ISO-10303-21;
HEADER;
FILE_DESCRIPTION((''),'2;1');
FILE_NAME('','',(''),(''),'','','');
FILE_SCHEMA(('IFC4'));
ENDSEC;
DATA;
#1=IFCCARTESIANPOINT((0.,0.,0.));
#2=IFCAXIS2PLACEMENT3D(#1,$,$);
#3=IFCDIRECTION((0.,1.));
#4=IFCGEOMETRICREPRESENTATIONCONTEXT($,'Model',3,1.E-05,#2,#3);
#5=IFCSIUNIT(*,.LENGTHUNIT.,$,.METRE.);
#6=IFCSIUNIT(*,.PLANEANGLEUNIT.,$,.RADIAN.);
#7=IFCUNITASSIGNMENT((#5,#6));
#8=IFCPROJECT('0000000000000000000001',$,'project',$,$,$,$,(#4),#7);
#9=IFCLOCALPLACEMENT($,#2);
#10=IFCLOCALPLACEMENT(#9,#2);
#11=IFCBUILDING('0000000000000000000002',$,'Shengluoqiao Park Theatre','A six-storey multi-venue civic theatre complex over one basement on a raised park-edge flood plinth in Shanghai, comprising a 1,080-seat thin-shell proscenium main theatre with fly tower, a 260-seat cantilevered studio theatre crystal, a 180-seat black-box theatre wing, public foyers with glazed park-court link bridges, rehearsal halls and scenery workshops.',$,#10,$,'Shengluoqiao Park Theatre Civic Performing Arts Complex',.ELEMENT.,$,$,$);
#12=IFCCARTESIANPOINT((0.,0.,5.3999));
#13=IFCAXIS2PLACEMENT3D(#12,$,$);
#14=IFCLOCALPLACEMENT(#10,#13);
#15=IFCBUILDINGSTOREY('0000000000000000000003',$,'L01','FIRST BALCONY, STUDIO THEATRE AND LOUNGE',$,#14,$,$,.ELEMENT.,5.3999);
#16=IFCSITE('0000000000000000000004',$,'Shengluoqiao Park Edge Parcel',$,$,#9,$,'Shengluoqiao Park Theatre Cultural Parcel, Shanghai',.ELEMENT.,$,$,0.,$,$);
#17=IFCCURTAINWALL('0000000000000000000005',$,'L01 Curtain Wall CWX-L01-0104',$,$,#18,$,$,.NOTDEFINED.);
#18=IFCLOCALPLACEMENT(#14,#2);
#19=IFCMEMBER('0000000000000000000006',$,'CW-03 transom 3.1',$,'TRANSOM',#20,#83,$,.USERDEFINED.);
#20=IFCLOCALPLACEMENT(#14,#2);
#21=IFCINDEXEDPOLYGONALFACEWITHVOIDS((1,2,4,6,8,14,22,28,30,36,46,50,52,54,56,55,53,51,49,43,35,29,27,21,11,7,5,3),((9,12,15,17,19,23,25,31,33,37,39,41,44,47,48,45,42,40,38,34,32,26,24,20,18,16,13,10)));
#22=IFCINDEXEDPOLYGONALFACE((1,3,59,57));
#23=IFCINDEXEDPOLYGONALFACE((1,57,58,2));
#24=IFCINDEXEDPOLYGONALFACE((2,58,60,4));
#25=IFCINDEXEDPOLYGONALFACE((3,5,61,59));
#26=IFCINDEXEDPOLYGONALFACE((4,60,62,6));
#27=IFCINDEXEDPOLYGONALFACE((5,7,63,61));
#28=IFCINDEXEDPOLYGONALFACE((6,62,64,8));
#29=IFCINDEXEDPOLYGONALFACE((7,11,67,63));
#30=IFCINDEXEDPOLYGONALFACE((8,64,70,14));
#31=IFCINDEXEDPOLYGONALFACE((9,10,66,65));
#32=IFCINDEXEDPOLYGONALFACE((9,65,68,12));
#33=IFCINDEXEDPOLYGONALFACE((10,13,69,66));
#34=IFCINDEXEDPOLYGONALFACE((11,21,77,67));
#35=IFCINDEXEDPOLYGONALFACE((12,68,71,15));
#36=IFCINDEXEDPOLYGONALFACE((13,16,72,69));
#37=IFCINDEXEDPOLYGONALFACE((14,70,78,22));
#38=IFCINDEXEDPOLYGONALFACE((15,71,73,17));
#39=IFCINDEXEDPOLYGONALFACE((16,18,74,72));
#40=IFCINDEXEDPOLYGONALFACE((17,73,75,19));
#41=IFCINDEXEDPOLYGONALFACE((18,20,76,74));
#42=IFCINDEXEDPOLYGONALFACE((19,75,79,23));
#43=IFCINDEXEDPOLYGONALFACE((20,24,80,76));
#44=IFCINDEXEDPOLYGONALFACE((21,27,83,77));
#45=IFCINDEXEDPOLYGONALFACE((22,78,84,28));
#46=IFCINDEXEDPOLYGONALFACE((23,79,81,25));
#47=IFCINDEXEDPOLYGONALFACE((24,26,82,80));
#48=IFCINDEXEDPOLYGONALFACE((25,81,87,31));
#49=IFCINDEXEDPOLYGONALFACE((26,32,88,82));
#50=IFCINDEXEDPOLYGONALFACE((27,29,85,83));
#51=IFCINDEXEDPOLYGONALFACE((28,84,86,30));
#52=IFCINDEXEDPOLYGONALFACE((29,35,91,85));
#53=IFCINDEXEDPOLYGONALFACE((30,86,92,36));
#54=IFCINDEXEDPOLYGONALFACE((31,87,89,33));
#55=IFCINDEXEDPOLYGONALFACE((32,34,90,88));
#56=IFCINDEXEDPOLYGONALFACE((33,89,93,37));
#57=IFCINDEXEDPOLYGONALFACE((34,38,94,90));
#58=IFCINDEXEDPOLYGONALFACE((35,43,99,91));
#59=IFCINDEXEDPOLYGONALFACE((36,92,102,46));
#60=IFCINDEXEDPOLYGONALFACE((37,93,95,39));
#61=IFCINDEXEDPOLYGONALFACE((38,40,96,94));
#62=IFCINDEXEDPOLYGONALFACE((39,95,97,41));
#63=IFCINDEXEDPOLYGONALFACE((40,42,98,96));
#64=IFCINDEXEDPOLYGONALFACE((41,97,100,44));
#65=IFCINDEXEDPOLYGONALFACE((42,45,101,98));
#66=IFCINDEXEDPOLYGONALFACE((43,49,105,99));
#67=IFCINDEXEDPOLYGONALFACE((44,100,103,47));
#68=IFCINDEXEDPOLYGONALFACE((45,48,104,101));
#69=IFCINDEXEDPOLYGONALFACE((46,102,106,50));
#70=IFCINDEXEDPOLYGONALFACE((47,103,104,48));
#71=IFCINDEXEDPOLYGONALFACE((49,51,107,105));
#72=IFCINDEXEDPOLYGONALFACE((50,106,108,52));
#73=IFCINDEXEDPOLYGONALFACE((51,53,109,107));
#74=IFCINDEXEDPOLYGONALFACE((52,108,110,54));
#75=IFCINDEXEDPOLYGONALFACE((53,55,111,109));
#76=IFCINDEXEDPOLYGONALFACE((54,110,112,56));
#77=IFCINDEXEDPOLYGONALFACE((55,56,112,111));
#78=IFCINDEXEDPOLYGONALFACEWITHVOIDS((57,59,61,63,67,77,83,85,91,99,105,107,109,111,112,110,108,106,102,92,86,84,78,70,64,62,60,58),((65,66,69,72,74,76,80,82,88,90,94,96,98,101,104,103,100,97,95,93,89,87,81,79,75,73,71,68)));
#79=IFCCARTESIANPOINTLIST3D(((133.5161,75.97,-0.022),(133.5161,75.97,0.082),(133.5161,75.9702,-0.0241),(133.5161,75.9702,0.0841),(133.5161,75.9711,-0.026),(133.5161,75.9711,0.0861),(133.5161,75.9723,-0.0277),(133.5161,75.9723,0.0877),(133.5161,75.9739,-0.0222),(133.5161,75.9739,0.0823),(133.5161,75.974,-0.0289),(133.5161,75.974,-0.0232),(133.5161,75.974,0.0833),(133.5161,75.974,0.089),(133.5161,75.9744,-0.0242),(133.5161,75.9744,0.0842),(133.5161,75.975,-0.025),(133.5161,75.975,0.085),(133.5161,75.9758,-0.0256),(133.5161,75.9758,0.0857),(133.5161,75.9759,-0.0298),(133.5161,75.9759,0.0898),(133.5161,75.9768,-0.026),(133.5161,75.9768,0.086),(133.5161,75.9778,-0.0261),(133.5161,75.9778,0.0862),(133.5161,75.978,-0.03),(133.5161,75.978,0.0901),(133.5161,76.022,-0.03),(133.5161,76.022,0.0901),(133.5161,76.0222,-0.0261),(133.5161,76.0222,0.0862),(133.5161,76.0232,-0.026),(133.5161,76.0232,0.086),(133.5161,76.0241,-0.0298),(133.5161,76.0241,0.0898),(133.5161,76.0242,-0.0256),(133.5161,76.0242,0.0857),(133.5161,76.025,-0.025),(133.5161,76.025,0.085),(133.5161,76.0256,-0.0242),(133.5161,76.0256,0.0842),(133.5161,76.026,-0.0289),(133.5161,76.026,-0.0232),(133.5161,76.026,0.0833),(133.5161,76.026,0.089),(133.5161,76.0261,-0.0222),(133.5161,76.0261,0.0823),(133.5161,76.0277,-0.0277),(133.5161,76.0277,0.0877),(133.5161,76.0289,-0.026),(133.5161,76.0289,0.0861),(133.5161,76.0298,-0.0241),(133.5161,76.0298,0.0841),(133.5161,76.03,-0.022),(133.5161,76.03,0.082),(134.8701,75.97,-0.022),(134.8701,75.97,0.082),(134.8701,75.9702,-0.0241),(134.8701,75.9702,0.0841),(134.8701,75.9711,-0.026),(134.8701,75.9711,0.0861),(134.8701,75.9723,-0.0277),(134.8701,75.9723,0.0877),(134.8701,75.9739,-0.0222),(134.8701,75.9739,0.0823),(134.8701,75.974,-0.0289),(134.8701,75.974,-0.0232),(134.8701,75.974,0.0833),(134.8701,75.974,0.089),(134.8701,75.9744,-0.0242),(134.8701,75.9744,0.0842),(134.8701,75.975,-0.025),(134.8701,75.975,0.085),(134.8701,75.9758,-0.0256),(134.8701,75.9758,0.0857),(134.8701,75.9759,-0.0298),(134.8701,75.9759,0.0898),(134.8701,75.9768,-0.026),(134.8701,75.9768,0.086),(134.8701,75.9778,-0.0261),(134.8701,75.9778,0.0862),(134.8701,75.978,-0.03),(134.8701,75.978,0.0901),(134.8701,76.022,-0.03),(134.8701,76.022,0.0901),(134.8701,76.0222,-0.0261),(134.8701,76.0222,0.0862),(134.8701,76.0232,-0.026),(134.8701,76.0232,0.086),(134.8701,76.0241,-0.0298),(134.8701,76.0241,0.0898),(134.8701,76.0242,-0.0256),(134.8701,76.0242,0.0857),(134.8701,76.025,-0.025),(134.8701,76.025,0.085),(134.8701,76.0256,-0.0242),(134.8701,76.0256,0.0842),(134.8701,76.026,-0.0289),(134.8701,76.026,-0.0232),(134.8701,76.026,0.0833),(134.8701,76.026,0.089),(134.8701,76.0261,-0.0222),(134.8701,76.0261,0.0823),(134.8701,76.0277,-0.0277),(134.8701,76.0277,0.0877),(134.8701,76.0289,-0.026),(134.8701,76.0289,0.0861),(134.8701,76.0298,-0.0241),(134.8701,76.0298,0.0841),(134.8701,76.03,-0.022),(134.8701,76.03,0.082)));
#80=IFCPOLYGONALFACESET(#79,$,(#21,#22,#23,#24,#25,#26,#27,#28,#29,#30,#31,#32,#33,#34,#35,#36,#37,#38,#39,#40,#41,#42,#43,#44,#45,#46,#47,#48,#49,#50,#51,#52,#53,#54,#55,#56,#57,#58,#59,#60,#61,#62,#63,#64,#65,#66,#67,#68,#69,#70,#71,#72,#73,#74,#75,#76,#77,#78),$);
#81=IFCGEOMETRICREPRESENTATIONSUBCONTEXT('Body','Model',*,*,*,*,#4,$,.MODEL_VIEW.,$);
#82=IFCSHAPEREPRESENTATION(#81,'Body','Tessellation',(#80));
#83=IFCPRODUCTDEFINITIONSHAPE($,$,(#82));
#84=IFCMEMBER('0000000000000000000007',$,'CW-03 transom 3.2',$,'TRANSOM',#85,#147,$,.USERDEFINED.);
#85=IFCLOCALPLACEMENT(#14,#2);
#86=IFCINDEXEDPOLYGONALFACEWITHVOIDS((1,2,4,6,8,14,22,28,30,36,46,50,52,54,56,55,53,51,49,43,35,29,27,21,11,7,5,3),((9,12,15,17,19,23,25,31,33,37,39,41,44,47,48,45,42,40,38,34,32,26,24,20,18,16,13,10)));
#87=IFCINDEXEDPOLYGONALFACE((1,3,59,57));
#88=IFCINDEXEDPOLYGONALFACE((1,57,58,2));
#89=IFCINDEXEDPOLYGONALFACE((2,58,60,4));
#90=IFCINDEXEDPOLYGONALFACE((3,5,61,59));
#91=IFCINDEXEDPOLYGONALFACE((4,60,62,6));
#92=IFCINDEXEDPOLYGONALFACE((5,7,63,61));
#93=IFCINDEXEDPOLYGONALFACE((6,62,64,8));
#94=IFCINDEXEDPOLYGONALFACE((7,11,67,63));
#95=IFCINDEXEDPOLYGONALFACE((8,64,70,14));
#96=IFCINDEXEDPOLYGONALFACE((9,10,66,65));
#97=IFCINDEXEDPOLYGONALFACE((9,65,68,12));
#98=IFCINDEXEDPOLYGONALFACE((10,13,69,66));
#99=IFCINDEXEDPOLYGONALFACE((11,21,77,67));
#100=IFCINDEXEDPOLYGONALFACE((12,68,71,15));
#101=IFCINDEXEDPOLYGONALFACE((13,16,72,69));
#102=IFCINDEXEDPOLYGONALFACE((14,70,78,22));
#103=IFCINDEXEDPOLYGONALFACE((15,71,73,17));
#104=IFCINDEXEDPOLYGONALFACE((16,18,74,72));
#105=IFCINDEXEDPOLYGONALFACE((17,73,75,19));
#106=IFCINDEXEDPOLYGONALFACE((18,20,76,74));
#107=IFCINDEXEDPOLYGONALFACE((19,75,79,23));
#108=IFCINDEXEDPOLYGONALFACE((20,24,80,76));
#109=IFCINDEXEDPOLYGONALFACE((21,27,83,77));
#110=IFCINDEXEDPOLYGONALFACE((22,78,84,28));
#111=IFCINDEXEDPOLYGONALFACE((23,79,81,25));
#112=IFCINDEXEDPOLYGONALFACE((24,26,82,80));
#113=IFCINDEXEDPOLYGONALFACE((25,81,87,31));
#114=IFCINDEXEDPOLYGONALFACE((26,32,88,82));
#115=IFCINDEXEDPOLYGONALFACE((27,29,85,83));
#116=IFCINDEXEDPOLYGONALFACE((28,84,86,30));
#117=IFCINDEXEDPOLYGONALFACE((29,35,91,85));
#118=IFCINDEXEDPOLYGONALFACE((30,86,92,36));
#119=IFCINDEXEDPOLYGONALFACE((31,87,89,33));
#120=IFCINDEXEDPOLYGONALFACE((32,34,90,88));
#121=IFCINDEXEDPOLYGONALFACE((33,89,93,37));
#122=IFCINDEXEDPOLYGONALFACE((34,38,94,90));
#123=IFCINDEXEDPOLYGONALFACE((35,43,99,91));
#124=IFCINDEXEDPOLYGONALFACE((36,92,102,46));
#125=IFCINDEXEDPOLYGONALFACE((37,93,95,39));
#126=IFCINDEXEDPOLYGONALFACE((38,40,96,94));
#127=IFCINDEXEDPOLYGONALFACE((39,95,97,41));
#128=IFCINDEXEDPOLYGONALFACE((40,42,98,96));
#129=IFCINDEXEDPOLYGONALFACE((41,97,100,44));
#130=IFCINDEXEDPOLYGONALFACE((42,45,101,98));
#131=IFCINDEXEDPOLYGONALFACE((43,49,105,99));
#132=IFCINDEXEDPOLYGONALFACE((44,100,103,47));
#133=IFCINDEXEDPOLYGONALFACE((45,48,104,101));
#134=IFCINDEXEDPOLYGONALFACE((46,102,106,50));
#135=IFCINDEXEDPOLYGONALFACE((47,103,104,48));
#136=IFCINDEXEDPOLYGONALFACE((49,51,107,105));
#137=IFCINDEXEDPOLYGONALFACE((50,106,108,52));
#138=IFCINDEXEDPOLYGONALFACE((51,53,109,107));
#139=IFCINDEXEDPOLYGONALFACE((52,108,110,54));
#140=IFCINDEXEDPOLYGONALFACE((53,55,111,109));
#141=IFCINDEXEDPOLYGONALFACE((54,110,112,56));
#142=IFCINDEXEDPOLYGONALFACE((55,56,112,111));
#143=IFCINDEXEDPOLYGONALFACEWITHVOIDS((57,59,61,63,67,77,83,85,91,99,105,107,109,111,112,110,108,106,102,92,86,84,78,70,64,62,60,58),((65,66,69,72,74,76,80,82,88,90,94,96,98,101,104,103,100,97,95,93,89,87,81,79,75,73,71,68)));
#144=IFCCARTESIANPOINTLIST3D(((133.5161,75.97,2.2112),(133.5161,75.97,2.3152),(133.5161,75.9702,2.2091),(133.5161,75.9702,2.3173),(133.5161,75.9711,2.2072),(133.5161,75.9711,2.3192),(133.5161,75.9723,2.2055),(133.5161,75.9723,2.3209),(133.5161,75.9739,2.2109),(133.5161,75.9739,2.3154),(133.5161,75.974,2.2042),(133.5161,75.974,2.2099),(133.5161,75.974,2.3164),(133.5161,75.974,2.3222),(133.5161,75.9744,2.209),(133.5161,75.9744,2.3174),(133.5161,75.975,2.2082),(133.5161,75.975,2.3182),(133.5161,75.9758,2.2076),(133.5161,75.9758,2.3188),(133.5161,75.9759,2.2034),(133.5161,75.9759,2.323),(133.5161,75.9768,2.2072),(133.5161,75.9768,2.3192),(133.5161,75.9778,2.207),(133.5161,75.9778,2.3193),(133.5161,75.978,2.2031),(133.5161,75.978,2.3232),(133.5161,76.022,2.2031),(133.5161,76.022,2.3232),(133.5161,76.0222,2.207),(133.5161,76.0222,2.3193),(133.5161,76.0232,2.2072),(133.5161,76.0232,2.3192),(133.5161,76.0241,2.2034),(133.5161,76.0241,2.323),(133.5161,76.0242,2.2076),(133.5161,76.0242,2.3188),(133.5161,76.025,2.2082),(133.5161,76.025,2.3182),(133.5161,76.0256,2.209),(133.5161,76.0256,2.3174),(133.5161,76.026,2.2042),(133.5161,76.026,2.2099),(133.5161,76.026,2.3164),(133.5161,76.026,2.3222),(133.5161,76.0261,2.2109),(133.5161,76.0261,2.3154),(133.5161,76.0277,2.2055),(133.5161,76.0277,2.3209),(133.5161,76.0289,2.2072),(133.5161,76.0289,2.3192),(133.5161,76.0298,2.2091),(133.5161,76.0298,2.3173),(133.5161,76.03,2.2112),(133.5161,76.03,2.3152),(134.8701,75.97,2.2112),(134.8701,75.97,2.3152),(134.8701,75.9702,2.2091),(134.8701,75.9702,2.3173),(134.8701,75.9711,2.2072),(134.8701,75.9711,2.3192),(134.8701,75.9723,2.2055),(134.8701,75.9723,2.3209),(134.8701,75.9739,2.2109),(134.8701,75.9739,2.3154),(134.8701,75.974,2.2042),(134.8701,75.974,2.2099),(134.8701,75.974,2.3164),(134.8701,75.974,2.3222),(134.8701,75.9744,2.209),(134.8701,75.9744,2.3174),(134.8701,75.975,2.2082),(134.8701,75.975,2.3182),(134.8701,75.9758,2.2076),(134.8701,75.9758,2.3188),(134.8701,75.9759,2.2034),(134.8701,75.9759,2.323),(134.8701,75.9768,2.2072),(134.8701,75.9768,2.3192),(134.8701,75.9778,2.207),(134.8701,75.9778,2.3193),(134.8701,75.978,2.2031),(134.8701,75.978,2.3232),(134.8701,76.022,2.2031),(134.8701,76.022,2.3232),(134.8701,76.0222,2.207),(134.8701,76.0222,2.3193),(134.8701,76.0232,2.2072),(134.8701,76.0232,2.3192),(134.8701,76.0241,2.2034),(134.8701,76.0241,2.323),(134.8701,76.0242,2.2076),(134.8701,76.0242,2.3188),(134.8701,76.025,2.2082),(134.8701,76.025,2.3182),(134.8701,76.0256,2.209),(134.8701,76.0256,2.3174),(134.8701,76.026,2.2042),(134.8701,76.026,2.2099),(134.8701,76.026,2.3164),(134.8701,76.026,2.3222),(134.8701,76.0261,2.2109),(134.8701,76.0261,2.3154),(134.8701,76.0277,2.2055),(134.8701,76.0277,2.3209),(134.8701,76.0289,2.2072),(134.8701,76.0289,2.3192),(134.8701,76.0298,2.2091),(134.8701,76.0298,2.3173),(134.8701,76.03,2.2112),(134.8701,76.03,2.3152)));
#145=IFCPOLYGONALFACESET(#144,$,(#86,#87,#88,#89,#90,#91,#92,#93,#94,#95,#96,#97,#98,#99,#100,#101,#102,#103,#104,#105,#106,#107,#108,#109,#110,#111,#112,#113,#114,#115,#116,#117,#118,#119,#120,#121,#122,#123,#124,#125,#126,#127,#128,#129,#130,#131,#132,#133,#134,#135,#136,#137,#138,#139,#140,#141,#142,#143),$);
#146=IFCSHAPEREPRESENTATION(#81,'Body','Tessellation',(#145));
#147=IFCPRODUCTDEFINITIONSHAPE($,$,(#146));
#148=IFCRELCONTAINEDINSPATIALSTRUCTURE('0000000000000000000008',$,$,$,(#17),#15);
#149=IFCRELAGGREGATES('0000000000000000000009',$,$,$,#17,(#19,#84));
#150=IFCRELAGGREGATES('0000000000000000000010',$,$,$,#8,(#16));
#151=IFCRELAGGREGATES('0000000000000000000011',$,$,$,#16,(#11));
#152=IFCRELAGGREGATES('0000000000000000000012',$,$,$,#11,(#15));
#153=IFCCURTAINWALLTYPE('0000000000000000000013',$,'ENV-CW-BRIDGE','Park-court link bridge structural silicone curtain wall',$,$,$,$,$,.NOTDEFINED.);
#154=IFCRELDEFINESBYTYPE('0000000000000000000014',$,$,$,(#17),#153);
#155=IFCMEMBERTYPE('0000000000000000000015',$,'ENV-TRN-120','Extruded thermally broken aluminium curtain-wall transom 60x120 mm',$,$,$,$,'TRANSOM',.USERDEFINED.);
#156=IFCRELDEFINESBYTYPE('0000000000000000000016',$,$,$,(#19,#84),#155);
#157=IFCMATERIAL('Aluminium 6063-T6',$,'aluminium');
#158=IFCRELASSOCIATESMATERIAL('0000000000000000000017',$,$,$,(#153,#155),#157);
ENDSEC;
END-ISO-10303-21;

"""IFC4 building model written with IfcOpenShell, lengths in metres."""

from ifc_helpers import new_model, si_unit, direction, frame, origin, origin_2d, place, context, subcontext, project, spatial, hollow_rectangle, extrude, material, material_profile, profile_set, type_object, element, aggregate, save


model = new_model("IFC4")

# Units and contexts
model_context = context("Model", 3, precision=1e-05, world=origin(), true_north=direction((0.0, 1.0)))
body_context = subcontext(model_context, "Body", "Model", "MODEL_VIEW")
ifc_project = project(units=[si_unit("LENGTHUNIT", "METRE"), si_unit("PLANEANGLEUNIT", "RADIAN")], contexts=[model_context])

# Site, building, storey
site_placement = place(None, origin())
site = spatial("IfcSite", under=ifc_project, at=site_placement, Name="Shengluoqiao Park Edge Parcel", LongName="Shengluoqiao Park Theatre Cultural Parcel, Shanghai", CompositionType="ELEMENT", RefElevation=0.0)
building_placement = place(site_placement, origin())
building = spatial("IfcBuilding", under=site, at=building_placement, Name="Shengluoqiao Park Theatre", Description="A six-storey multi-venue civic theatre complex over one basement on a raised park-edge flood plinth in Shanghai, comprising a 1,080-seat thin-shell proscenium main theatre with fly tower, a 260-seat cantilevered studio theatre crystal, a 180-seat black-box theatre wing, public foyers with glazed park-court link bridges, rehearsal halls and scenery workshops.", LongName="Shengluoqiao Park Theatre Civic Performing Arts Complex", CompositionType="ELEMENT")
storey_placement = place(building_placement, frame((0.0, 0.0, 5.3999)))
storey = spatial("IfcBuildingStorey", under=building, at=storey_placement, Name="L01", Description="FIRST BALCONY, STUDIO THEATRE AND LOUNGE", CompositionType="ELEMENT", Elevation=5.3999)

# Curtain wall, members
ifc_material_1 = material(Name="Aluminium 6063-T6", Category="aluminium")
curtain_wall_type = type_object("IfcCurtainWallType", Name="ENV-CW-BRIDGE", Description="Park-court link bridge structural silicone curtain wall", PredefinedType="NOTDEFINED", material=ifc_material_1)
curtain_wall_placement = place(storey_placement, origin())
curtain_wall = element("IfcCurtainWall", 1, at=curtain_wall_placement, inside=storey, type_object=curtain_wall_type, Name="L01 Curtain Wall CWX-L01-0104", PredefinedType="NOTDEFINED")
ifc_material_profile_1 = material_profile(ifc_material_1, hollow_rectangle(XDim=0.0601, YDim=0.1201, WallThickness=0.0039, InnerFilletRadius=0.0039, OuterFilletRadius=0.0081, at=origin_2d()), Name="ALU TRANSOM 120x60x4")
ifc_profile_set_1 = profile_set([ifc_material_profile_1], Name="Aluminium 6063-T6")
member_type_1 = type_object("IfcMemberType", Name="ENV-TRN-120", Description="Extruded thermally broken aluminium curtain-wall transom 60x120 mm", ElementType="TRANSOM", PredefinedType="USERDEFINED", material=ifc_profile_set_1)
member_1_placement = place(storey_placement, frame((133.5161, 76.0, 0.03), z_axis=(1.0, 0.0, 0.0), x_axis=(0.0, 1.0, 0.0)))
member_1 = element("IfcMember", 2, at=member_1_placement, type_object=member_type_1, Name="CW-03 transom 3.1", ObjectType="TRANSOM", PredefinedType="USERDEFINED", context=body_context, shape_type="SweptSolid", body=[
    extrude(hollow_rectangle(XDim=0.0601, YDim=0.1201, WallThickness=0.0039, InnerFilletRadius=0.0039, OuterFilletRadius=0.0081, at=origin_2d()), origin(), (0.0, 0.0, 1.0), 1.354),
])
member_2_placement = place(storey_placement, frame((133.5161, 76.0, 2.2632), z_axis=(1.0, 0.0, 0.0), x_axis=(0.0, 1.0, 0.0)))
member_2 = element("IfcMember", 3, at=member_2_placement, type_object=member_type_1, Name="CW-03 transom 3.2", ObjectType="TRANSOM", PredefinedType="USERDEFINED", context=body_context, shape_type="SweptSolid", body=[
    extrude(hollow_rectangle(XDim=0.0601, YDim=0.1201, WallThickness=0.0039, InnerFilletRadius=0.0039, OuterFilletRadius=0.0081, at=origin_2d()), origin(), (0.0, 0.0, 1.0), 1.354),
])

aggregate(curtain_wall, [member_1, member_2])

save(model, "model.ifc")
